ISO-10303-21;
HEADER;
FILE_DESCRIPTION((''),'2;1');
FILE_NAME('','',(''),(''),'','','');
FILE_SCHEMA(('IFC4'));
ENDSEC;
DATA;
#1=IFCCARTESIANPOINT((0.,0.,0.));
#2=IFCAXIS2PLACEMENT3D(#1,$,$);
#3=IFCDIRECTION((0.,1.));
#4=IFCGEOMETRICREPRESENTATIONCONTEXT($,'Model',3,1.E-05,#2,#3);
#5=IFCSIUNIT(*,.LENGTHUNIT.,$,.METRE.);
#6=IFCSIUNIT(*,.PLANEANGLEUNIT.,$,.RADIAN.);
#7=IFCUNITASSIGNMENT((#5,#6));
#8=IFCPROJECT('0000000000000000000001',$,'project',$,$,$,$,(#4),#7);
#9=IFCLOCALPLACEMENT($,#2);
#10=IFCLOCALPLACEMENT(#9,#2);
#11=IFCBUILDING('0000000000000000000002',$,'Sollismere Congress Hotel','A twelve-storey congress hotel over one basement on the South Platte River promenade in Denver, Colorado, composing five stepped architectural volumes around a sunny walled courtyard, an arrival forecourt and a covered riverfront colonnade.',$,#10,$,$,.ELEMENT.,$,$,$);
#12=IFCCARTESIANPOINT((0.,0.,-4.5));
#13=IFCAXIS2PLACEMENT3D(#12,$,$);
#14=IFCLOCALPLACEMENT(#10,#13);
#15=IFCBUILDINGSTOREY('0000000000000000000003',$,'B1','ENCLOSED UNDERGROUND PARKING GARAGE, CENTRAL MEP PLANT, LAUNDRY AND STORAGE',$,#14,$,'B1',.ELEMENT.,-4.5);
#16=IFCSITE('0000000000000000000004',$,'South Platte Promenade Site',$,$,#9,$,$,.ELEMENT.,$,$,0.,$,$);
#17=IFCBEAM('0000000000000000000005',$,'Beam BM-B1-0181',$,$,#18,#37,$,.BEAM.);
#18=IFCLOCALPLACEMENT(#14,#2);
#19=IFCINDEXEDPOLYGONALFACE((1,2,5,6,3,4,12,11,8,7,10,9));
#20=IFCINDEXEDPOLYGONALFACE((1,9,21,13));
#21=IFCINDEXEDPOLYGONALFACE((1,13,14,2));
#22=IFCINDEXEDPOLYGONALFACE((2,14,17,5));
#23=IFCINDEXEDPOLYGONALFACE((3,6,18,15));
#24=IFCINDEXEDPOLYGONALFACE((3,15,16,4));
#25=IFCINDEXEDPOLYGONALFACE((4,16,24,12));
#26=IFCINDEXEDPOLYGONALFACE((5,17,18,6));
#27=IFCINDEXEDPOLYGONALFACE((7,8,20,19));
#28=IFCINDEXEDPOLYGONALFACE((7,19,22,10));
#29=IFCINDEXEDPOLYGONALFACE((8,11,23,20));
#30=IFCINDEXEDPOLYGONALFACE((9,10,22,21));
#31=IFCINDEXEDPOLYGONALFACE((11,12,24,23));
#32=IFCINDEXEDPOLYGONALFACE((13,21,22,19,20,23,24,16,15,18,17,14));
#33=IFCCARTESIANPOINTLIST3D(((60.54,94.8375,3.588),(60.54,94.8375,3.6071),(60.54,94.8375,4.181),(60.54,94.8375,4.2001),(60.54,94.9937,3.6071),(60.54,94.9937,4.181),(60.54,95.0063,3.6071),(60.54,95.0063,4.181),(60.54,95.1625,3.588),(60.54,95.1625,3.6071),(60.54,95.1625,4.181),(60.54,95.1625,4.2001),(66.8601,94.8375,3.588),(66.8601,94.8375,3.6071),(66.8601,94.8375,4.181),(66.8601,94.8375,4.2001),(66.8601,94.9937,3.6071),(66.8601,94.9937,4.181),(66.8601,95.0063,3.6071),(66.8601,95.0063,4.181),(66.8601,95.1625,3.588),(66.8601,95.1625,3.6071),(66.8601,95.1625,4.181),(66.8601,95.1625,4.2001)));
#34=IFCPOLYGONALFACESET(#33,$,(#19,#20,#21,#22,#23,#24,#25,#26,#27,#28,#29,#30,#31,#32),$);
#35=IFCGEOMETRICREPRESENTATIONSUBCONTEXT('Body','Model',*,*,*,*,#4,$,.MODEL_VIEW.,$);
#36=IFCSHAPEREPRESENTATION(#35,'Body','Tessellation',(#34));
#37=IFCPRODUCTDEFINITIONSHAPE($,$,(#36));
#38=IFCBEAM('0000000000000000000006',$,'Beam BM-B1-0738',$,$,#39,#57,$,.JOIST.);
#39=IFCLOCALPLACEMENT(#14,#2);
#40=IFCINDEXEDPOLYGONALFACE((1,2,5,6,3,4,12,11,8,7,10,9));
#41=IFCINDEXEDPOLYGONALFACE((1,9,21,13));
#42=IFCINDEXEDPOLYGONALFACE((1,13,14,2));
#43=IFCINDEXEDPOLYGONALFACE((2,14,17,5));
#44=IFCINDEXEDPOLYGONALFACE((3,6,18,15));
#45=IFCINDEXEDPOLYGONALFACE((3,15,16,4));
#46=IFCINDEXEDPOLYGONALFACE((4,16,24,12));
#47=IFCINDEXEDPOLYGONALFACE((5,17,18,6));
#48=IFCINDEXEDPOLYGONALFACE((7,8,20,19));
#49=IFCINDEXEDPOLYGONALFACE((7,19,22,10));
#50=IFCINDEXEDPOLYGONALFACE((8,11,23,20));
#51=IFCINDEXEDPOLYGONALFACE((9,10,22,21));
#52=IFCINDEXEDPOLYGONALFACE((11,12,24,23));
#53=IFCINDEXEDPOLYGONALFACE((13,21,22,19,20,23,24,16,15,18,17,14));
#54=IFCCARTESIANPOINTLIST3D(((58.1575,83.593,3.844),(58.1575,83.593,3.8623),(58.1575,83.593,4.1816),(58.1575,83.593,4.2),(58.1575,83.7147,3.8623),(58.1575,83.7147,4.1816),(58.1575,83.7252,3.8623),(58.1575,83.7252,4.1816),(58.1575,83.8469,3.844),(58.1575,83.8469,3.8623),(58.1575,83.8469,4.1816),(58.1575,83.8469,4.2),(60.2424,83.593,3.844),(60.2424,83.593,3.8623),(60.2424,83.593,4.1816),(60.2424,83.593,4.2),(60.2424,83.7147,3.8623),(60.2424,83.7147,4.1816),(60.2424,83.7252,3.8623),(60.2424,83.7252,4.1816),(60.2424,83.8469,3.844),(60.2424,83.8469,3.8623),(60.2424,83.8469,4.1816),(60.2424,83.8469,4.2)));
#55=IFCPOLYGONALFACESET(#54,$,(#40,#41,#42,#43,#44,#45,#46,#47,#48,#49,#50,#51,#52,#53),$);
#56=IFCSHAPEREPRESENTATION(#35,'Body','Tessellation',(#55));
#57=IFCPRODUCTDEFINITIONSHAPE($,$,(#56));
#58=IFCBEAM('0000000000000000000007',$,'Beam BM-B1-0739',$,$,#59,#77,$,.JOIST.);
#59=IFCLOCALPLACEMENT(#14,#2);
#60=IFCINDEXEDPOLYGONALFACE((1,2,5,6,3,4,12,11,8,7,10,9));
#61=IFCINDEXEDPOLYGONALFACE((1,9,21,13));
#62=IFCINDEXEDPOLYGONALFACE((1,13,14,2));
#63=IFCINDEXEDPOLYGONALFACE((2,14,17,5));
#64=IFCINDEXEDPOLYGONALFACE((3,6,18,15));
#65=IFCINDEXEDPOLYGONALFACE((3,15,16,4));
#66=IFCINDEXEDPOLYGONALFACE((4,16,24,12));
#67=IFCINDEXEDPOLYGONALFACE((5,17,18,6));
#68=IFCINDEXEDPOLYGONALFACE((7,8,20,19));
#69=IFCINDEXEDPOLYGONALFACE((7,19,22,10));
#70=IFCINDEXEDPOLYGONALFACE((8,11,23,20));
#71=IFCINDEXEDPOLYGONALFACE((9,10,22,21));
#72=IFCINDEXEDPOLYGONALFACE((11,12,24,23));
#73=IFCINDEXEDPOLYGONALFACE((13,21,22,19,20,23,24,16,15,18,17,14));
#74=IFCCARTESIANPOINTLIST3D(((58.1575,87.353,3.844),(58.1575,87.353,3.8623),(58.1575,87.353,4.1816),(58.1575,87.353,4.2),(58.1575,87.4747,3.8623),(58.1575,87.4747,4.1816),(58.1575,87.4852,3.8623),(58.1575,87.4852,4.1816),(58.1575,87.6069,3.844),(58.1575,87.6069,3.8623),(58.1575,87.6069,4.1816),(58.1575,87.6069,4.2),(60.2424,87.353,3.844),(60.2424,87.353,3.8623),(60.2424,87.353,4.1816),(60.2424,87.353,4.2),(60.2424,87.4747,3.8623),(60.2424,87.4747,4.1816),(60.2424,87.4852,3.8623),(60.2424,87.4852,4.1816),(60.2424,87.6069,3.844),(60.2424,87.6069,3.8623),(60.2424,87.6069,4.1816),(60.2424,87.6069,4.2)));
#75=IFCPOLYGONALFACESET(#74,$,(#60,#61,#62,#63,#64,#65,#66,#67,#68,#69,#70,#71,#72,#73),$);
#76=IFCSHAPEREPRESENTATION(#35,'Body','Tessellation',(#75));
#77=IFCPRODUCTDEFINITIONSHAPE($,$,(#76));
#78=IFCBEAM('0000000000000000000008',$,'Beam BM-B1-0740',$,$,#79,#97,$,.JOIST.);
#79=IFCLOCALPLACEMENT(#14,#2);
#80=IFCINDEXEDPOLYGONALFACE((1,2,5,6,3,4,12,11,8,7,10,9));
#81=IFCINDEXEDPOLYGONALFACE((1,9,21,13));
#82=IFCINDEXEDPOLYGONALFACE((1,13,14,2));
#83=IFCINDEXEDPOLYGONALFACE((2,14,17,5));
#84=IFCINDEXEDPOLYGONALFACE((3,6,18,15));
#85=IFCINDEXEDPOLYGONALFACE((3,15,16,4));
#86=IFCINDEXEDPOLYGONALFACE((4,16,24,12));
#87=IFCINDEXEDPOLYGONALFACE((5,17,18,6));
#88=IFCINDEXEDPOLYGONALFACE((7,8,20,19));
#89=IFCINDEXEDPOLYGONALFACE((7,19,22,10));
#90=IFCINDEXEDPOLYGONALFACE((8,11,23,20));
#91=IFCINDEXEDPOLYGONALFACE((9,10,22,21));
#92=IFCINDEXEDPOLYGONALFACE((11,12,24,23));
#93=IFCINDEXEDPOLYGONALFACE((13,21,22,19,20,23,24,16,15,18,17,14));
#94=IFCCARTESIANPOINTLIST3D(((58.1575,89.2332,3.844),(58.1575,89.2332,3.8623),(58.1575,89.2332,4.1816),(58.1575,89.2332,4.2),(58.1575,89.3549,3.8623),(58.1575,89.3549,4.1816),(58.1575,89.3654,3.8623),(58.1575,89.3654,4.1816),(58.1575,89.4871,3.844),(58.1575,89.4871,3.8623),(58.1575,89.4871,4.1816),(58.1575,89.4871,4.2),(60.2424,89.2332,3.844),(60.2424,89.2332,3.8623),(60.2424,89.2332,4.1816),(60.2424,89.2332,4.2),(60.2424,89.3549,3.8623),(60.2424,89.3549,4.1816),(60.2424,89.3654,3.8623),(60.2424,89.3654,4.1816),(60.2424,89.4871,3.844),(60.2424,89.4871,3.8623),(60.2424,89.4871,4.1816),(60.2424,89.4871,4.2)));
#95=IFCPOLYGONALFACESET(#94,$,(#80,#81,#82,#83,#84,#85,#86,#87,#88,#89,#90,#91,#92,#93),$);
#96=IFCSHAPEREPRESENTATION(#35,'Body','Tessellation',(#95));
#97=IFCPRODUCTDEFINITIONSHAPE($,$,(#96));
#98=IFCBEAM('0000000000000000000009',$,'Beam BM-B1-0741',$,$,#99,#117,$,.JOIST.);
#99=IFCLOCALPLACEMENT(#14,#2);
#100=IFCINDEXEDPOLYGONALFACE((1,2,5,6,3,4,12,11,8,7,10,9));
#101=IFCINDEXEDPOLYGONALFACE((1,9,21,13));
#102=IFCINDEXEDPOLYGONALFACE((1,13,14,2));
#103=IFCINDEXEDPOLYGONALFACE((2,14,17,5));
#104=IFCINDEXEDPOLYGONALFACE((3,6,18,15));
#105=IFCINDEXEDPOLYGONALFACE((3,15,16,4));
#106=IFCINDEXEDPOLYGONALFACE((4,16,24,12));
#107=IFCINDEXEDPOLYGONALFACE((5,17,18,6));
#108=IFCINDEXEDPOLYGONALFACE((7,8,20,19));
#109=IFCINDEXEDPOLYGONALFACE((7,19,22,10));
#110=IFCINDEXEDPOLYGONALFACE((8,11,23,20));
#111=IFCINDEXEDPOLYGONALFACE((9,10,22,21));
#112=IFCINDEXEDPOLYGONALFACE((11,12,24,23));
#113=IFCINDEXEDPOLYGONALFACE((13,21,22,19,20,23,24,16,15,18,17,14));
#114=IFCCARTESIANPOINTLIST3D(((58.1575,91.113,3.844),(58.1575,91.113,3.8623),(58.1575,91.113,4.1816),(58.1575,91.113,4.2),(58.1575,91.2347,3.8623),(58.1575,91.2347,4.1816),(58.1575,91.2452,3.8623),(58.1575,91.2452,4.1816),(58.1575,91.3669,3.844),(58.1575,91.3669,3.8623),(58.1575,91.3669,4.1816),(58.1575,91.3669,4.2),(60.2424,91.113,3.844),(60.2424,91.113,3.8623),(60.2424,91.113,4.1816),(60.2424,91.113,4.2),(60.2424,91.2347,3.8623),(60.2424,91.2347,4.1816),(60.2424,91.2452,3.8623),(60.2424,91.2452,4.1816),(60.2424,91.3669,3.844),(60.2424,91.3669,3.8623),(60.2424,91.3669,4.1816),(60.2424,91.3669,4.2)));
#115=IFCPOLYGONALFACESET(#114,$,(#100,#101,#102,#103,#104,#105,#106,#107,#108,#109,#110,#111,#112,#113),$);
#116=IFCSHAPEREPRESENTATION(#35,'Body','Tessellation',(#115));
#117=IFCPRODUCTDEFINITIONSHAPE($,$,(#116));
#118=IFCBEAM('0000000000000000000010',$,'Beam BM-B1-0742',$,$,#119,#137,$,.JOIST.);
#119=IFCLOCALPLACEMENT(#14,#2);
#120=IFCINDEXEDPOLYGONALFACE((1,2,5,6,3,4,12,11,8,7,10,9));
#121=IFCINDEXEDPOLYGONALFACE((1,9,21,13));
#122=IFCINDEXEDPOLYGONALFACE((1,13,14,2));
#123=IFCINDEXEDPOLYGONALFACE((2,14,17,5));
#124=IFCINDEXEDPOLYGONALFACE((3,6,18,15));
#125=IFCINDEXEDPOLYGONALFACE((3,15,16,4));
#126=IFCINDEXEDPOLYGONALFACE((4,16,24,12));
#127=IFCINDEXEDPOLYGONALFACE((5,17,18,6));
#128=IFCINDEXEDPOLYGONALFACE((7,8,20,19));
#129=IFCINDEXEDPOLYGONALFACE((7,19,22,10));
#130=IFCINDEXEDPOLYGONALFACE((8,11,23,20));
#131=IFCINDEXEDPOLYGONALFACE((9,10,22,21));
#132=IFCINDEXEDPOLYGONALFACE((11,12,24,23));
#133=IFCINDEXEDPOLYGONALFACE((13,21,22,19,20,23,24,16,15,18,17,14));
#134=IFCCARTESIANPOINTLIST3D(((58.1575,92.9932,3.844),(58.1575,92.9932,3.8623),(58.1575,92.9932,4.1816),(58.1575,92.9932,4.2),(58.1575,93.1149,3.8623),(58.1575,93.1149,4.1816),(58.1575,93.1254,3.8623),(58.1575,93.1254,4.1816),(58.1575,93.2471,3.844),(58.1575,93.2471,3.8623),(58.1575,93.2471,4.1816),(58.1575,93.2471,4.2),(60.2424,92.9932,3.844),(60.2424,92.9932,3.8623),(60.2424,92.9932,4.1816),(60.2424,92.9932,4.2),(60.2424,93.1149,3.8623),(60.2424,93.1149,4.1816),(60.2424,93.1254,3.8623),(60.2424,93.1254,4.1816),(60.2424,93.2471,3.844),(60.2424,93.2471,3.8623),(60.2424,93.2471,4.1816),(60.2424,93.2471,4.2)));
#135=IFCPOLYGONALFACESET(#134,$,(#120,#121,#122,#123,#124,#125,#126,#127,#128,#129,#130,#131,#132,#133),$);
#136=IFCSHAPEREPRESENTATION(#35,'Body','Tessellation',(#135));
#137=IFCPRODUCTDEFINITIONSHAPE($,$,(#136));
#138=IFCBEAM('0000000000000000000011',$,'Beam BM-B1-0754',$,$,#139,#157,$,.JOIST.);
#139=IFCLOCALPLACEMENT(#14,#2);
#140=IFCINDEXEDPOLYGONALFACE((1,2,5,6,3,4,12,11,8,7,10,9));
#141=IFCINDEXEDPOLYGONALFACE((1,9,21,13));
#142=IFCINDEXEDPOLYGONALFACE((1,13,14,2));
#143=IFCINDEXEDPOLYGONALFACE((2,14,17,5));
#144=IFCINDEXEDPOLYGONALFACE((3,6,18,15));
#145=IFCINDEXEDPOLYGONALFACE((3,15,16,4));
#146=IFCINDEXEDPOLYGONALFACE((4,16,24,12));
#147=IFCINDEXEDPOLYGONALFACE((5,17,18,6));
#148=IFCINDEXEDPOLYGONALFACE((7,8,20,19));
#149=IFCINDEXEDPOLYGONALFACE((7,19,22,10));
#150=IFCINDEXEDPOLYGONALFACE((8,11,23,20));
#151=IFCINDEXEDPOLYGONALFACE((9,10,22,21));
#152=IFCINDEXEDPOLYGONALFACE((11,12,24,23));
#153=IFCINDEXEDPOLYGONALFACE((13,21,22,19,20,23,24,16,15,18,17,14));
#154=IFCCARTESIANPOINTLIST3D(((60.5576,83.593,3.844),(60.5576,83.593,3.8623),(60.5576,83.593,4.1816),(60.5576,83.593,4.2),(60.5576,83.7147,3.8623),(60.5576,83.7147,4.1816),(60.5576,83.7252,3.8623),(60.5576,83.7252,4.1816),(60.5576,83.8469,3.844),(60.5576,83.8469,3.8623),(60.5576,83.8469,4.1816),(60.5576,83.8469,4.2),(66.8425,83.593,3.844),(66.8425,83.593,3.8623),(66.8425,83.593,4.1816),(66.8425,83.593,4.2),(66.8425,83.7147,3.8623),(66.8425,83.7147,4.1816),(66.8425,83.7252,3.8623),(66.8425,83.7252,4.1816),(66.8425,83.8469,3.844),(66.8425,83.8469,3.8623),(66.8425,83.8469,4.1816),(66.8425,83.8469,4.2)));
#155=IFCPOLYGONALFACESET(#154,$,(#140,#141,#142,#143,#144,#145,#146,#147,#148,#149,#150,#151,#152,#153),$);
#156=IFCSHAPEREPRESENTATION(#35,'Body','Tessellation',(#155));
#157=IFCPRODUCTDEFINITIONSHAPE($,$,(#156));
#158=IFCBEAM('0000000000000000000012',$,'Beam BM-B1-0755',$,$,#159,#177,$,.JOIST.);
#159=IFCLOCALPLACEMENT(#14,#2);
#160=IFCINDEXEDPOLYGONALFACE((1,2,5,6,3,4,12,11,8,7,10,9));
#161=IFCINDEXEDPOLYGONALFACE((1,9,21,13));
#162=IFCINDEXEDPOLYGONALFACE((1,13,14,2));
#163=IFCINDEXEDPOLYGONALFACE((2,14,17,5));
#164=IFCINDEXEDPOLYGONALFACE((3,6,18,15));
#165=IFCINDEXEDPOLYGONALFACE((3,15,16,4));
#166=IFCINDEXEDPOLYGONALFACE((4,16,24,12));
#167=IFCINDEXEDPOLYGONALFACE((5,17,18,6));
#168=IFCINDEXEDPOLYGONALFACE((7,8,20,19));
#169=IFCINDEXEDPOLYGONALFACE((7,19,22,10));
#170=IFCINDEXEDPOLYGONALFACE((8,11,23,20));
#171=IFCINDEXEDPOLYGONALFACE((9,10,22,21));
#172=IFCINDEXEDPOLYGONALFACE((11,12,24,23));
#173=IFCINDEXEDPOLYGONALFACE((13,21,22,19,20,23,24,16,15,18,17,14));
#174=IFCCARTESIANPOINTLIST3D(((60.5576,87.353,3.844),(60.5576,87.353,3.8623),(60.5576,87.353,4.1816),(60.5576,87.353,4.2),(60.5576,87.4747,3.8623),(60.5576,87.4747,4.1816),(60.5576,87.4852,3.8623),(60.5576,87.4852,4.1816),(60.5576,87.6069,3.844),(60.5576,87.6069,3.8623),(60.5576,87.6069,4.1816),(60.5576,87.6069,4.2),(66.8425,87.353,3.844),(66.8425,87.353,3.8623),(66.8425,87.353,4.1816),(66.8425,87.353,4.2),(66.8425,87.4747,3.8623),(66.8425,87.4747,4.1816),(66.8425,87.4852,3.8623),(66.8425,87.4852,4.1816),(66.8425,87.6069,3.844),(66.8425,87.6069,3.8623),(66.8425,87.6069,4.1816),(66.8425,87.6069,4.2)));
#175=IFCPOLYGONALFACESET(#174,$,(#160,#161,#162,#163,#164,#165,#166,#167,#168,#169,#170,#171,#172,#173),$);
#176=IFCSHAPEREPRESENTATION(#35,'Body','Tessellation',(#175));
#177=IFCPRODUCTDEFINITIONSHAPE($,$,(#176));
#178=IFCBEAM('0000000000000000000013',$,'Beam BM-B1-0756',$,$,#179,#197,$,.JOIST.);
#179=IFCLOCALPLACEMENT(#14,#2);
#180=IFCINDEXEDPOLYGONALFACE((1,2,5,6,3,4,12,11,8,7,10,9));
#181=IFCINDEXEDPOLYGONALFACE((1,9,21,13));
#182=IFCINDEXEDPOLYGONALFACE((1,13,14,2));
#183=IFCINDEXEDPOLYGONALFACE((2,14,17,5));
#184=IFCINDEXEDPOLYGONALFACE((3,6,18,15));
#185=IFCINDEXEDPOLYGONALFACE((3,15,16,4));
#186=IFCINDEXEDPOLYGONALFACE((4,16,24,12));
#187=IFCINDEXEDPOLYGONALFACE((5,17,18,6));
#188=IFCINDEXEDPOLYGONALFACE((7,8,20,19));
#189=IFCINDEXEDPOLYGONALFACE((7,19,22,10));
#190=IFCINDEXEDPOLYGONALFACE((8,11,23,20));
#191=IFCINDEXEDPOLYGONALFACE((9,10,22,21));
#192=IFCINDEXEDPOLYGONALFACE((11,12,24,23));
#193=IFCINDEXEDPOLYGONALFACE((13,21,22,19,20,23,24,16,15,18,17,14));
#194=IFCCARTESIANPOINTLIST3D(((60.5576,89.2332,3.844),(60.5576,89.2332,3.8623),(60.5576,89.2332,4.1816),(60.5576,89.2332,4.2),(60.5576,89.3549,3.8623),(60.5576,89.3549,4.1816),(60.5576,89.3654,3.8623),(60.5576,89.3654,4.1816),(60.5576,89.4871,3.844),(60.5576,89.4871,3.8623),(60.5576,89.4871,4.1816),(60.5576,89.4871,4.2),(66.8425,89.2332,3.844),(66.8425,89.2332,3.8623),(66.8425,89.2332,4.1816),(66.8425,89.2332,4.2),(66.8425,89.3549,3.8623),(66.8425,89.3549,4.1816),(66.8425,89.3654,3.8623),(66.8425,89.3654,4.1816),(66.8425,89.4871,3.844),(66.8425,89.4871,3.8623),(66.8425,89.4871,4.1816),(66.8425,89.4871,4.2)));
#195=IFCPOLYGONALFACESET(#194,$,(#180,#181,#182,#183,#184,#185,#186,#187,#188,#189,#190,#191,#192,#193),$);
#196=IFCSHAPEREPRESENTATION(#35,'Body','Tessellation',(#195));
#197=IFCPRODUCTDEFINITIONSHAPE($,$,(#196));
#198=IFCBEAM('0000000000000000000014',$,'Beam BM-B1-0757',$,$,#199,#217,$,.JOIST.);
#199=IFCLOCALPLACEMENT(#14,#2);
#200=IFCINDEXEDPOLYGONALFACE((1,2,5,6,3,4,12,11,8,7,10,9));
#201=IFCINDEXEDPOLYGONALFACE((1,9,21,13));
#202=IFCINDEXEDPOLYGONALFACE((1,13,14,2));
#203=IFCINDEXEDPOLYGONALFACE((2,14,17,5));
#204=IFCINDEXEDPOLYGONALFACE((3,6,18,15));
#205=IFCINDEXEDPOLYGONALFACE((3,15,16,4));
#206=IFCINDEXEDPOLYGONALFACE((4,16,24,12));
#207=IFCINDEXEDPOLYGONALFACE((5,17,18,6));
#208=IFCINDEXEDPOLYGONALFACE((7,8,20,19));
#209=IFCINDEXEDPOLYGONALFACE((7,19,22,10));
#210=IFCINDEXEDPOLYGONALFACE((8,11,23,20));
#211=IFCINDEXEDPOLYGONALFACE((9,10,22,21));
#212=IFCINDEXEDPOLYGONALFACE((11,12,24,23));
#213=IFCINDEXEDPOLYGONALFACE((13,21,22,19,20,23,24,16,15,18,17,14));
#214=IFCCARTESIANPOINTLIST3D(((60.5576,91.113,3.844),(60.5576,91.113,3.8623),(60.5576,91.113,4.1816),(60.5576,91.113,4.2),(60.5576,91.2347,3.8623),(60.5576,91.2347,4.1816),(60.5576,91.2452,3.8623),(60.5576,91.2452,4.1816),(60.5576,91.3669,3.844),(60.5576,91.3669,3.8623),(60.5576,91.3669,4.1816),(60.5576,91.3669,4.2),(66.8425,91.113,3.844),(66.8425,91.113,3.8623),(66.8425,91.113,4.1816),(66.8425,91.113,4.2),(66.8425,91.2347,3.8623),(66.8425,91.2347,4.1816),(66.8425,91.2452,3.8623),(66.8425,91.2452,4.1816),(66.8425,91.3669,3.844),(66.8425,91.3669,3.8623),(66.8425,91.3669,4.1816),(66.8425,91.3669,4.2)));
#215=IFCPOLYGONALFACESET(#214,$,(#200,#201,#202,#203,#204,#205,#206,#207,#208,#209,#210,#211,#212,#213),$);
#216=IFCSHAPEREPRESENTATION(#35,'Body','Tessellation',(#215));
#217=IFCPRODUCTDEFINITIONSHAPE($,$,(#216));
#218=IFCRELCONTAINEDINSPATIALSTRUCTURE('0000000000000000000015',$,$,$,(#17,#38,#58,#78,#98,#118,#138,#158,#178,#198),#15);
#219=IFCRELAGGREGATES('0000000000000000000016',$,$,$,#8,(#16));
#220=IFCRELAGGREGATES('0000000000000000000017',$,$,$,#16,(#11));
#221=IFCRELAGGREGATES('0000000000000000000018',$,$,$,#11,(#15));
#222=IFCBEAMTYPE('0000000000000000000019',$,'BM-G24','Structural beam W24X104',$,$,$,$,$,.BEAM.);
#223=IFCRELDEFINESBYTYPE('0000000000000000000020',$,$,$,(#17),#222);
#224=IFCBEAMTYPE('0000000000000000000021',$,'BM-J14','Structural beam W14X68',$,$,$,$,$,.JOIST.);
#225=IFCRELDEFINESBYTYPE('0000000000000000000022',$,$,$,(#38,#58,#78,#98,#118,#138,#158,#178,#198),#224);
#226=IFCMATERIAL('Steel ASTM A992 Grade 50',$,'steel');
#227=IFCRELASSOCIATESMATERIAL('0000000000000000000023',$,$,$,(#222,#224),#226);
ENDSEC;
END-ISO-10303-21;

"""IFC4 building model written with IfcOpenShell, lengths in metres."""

from ifc_helpers import new_model, si_unit, direction, frame, origin, origin_2d, place, context, subcontext, project, spatial, i_section, extrude, material, material_profile, profile_set, type_object, element, save


model = new_model("IFC4")

# Units and contexts
model_context = context("Model", 3, precision=1e-05, world=origin(), true_north=direction((0.0, 1.0)))
body_context = subcontext(model_context, "Body", "Model", "MODEL_VIEW")
ifc_project = project(units=[si_unit("LENGTHUNIT", "METRE"), si_unit("PLANEANGLEUNIT", "RADIAN")], contexts=[model_context])

# Site, building, storey
site_placement = place(None, origin())
site = spatial("IfcSite", under=ifc_project, at=site_placement, Name="South Platte Promenade Site", CompositionType="ELEMENT", RefElevation=0.0)
building_placement = place(site_placement, origin())
building = spatial("IfcBuilding", under=site, at=building_placement, Name="Sollismere Congress Hotel", Description="A twelve-storey congress hotel over one basement on the South Platte River promenade in Denver, Colorado, composing five stepped architectural volumes around a sunny walled courtyard, an arrival forecourt and a covered riverfront colonnade.", CompositionType="ELEMENT")
storey_placement = place(building_placement, frame((0.0, 0.0, -4.5)))
storey = spatial("IfcBuildingStorey", under=building, at=storey_placement, Name="B1", Description="ENCLOSED UNDERGROUND PARKING GARAGE, CENTRAL MEP PLANT, LAUNDRY AND STORAGE", LongName="B1", CompositionType="ELEMENT", Elevation=-4.5)

# Beams
ifc_material_1 = material(Name="Steel ASTM A992 Grade 50", Category="steel")
ifc_material_profile_1 = material_profile(ifc_material_1, i_section(OverallWidth=0.325, OverallDepth=0.6121, WebThickness=0.0127, FlangeThickness=0.019, at=origin_2d()), Name="W24X104")
ifc_profile_set_1 = profile_set([ifc_material_profile_1], Name="Steel ASTM A992 Grade 50")
beam_type_1 = type_object("IfcBeamType", Name="BM-G24", Description="Structural beam W24X104", PredefinedType="BEAM", material=ifc_profile_set_1)
beam_1_placement = place(storey_placement, frame((60.54, 95.0, 3.894), z_axis=(1.0, 0.0, 0.0), x_axis=(0.0, 1.0, 0.0)))
element("IfcBeam", 1, at=beam_1_placement, inside=storey, type_object=beam_type_1, Name="Beam BM-B1-0181", PredefinedType="BEAM", context=body_context, shape_type="SweptSolid", body=[
    extrude(i_section(OverallWidth=0.325, OverallDepth=0.6121, WebThickness=0.0127, FlangeThickness=0.019, at=origin_2d()), origin(), (0.0, 0.0, 1.0), 6.3201),
])
ifc_material_profile_2 = material_profile(ifc_material_1, i_section(OverallWidth=0.2539, OverallDepth=0.356, WebThickness=0.0105, FlangeThickness=0.0183, at=origin_2d()), Name="W14X68")
ifc_profile_set_2 = profile_set([ifc_material_profile_2], Name="Steel ASTM A992 Grade 50")
beam_type_2 = type_object("IfcBeamType", Name="BM-J14", Description="Structural beam W14X68", PredefinedType="JOIST", material=ifc_profile_set_2)
for number, where, z_axis, x_axis, name in (
    (2, (58.1575, 83.72, 4.022), (1.0, 0.0, 0.0), (0.0, 1.0, 0.0), "Beam BM-B1-0738"),
    (3, (58.1575, 87.48, 4.022), (1.0, 0.0, 0.0), (0.0, 1.0, 0.0), "Beam BM-B1-0739"),
    (4, (58.1575, 89.3601, 4.022), (1.0, 0.0, 0.0), (0.0, 1.0, 0.0), "Beam BM-B1-0740"),
    (5, (58.1575, 91.24, 4.022), (1.0, 0.0, 0.0), (0.0, 1.0, 0.0), "Beam BM-B1-0741"),
    (6, (58.1575, 93.1201, 4.022), (1.0, 0.0, 0.0), (0.0, 1.0, 0.0), "Beam BM-B1-0742"),
):
    element("IfcBeam", number, at=place(storey_placement, frame(where, z_axis=z_axis, x_axis=x_axis)), inside=storey, type_object=beam_type_2, Name=name, PredefinedType="JOIST", context=body_context, shape_type="SweptSolid", body=[
        extrude(i_section(OverallWidth=0.2539, OverallDepth=0.356, WebThickness=0.0105, FlangeThickness=0.0183, at=origin_2d()), origin(), (0.0, 0.0, 1.0), 2.085),
    ])
for number, where, z_axis, x_axis, name in (
    (7, (60.5576, 83.72, 4.022), (1.0, 0.0, 0.0), (0.0, 1.0, 0.0), "Beam BM-B1-0754"),
    (8, (60.5576, 87.48, 4.022), (1.0, 0.0, 0.0), (0.0, 1.0, 0.0), "Beam BM-B1-0755"),
    (9, (60.5576, 89.3601, 4.022), (1.0, 0.0, 0.0), (0.0, 1.0, 0.0), "Beam BM-B1-0756"),
    (10, (60.5576, 91.24, 4.022), (1.0, 0.0, 0.0), (0.0, 1.0, 0.0), "Beam BM-B1-0757"),
):
    element("IfcBeam", number, at=place(storey_placement, frame(where, z_axis=z_axis, x_axis=x_axis)), inside=storey, type_object=beam_type_2, Name=name, PredefinedType="JOIST", context=body_context, shape_type="SweptSolid", body=[
        extrude(i_section(OverallWidth=0.2539, OverallDepth=0.356, WebThickness=0.0105, FlangeThickness=0.0183, at=origin_2d()), origin(), (0.0, 0.0, 1.0), 6.2849),
    ])

save(model, "model.ifc")
